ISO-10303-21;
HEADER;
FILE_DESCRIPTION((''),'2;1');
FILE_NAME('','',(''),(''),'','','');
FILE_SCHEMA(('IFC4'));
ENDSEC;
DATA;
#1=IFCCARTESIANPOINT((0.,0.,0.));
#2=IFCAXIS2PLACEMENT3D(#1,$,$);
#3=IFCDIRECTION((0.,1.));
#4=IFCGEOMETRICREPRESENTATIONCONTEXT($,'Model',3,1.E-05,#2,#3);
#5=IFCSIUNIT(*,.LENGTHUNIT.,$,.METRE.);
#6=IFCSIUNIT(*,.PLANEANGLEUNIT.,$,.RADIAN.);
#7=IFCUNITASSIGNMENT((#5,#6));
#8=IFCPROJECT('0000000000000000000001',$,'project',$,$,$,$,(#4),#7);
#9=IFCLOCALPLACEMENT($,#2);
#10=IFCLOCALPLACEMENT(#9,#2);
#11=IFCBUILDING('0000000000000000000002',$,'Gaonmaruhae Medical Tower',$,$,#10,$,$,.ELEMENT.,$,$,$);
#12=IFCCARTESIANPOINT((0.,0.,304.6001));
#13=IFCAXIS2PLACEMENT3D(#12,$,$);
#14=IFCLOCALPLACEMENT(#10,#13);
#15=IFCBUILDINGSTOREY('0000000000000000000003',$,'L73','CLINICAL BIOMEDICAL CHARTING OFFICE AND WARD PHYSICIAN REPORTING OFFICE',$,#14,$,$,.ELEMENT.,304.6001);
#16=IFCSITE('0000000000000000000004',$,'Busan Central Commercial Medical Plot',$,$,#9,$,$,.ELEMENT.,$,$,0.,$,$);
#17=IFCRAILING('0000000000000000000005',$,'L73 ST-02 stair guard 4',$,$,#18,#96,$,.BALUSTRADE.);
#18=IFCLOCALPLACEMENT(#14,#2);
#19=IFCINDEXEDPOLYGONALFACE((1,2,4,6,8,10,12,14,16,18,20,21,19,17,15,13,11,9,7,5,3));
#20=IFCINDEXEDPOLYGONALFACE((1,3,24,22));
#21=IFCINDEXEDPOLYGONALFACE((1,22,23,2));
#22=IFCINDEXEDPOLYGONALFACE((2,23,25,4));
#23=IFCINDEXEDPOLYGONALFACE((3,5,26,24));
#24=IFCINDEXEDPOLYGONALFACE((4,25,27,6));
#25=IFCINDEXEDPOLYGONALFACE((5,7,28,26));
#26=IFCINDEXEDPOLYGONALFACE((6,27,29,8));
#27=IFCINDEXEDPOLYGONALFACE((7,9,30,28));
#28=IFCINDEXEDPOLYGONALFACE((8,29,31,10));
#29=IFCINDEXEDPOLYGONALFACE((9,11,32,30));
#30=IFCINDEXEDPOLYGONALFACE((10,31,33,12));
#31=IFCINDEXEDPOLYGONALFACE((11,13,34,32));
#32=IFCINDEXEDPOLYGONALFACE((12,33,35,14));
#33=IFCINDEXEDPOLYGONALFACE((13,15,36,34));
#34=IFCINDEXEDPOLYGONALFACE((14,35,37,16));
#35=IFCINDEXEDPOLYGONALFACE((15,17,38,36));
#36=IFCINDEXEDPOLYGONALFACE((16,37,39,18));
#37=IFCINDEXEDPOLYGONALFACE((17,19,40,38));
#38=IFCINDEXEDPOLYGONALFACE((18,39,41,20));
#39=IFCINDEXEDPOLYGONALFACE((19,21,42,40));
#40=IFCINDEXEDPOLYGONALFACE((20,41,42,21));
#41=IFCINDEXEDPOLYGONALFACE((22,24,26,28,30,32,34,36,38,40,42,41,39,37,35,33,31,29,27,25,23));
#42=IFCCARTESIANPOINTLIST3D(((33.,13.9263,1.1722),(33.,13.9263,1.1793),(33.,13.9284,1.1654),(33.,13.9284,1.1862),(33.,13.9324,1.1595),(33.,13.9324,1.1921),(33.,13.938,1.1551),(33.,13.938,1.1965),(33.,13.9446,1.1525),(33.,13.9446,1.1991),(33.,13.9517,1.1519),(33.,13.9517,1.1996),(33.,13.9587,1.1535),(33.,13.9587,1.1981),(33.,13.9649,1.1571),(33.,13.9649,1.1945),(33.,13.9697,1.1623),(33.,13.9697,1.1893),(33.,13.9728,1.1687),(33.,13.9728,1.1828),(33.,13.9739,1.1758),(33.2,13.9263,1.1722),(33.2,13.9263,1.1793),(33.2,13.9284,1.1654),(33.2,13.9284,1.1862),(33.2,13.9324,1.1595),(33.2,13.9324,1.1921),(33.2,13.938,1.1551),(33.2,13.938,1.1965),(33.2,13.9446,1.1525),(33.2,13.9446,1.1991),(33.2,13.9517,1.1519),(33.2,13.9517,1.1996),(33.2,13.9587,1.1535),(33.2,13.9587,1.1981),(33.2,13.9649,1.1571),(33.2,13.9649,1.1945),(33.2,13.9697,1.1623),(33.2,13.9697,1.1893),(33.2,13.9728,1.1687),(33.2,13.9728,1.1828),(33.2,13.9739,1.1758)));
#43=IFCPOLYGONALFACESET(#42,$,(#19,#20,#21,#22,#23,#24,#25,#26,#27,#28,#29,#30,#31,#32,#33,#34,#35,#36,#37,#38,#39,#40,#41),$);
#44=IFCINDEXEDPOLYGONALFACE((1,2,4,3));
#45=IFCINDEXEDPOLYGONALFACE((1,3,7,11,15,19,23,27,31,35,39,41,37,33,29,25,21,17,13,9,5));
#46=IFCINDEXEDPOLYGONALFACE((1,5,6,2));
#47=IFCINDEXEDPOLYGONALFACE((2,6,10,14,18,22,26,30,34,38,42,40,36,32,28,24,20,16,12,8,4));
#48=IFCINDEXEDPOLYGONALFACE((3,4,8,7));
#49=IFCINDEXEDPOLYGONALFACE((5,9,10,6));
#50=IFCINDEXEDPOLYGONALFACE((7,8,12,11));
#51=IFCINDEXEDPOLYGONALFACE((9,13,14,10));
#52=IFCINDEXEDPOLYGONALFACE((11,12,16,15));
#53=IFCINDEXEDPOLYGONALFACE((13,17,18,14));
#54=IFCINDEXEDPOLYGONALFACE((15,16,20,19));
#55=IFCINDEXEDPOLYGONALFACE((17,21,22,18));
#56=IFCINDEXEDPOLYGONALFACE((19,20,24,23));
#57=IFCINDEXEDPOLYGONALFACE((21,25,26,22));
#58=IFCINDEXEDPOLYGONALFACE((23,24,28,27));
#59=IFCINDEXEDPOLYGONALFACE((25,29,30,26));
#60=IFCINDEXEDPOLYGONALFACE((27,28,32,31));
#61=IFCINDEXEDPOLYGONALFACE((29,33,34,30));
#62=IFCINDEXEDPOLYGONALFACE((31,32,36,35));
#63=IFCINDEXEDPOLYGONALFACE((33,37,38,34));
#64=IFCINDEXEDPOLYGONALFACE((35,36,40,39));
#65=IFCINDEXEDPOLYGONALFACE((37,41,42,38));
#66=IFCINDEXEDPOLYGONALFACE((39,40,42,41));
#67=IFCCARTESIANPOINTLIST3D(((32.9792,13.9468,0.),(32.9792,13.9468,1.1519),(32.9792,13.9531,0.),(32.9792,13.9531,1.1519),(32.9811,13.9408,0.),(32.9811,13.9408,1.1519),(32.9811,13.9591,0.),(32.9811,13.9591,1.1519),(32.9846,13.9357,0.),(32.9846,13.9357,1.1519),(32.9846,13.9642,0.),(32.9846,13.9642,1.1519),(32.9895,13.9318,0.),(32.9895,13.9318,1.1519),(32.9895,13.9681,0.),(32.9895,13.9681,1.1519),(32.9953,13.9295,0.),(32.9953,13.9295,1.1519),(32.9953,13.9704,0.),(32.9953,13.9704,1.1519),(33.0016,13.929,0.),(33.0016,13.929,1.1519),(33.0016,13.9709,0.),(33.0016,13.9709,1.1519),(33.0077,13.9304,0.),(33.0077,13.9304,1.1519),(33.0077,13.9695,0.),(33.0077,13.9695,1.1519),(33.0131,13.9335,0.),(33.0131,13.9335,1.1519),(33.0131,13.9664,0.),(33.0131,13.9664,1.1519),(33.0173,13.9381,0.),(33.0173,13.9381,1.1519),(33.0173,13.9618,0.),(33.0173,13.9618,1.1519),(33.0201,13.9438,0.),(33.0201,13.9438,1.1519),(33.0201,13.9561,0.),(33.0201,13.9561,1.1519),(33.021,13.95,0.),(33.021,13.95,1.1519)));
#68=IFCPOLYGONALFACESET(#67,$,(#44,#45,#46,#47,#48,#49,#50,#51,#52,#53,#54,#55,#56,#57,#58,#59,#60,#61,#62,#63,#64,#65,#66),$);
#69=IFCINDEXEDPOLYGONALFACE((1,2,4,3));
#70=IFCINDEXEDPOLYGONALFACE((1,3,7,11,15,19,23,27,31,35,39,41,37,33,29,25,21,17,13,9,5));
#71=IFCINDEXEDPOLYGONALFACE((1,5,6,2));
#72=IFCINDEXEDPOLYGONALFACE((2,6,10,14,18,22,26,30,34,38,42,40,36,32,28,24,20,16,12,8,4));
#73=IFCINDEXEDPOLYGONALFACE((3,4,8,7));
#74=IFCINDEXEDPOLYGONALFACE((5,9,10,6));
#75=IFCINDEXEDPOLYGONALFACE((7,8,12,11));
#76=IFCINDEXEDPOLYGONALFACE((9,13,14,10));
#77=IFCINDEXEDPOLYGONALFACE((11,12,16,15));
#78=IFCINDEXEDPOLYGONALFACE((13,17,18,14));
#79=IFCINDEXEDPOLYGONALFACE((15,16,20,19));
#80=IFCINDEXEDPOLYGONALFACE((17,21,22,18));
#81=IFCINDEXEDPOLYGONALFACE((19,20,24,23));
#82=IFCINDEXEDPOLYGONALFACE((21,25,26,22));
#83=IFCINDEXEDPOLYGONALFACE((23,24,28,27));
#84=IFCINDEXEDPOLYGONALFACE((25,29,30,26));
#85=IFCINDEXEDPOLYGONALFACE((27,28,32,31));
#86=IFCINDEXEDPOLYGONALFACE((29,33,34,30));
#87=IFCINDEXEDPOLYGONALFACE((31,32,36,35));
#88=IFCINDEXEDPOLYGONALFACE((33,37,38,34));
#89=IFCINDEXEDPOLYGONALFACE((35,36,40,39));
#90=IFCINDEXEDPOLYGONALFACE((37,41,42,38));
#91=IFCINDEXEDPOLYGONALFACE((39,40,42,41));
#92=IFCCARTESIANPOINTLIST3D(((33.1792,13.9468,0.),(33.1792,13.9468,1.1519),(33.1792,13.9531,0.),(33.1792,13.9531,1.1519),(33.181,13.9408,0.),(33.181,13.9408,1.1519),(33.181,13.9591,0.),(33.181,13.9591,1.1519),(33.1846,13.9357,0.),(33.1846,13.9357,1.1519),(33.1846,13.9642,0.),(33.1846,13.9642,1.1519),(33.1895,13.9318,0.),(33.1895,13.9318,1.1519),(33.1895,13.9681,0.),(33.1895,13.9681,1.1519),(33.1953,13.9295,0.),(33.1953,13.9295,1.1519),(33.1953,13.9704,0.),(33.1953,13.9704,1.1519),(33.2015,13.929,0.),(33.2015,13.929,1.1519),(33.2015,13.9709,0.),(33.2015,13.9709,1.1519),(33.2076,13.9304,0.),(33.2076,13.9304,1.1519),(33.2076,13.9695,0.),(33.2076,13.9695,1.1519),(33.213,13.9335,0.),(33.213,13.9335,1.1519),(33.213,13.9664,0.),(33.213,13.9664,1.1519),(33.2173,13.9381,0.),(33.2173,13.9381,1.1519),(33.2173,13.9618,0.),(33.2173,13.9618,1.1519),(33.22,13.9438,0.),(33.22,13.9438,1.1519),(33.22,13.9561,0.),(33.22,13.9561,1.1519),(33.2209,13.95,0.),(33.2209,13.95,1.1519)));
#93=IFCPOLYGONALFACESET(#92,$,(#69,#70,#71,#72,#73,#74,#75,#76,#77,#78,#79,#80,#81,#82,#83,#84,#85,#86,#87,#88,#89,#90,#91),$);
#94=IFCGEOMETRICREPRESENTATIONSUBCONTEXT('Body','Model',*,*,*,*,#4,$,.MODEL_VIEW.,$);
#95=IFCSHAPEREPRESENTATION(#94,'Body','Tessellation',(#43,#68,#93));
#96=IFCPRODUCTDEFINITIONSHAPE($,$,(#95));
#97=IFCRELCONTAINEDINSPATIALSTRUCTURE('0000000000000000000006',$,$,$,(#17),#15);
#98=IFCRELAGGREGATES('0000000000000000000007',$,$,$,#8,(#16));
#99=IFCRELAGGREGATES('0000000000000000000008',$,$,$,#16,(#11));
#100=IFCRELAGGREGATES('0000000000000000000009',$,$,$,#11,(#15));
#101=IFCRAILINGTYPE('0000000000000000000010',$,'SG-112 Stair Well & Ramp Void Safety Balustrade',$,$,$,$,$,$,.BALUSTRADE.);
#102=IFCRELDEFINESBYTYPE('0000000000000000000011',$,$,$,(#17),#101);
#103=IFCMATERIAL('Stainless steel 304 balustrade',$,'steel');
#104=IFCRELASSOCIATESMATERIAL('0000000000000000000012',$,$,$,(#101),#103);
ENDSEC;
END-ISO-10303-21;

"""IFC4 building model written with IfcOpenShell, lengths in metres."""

from ifc_helpers import new_model, si_unit, direction, frame, origin, origin_2d, place, context, subcontext, project, spatial, circle, extrude, material, type_object, element, save


model = new_model("IFC4")

# Units and contexts
model_context = context("Model", 3, precision=1e-05, world=origin(), true_north=direction((0.0, 1.0)))
body_context = subcontext(model_context, "Body", "Model", "MODEL_VIEW")
ifc_project = project(units=[si_unit("LENGTHUNIT", "METRE"), si_unit("PLANEANGLEUNIT", "RADIAN")], contexts=[model_context])

# Site, building, storey
site_placement = place(None, origin())
site = spatial("IfcSite", under=ifc_project, at=site_placement, Name="Busan Central Commercial Medical Plot", CompositionType="ELEMENT", RefElevation=0.0)
building_placement = place(site_placement, origin())
building = spatial("IfcBuilding", under=site, at=building_placement, Name="Gaonmaruhae Medical Tower", CompositionType="ELEMENT")
storey_placement = place(building_placement, frame((0.0, 0.0, 304.6001)))
storey = spatial("IfcBuildingStorey", under=building, at=storey_placement, Name="L73", Description="CLINICAL BIOMEDICAL CHARTING OFFICE AND WARD PHYSICIAN REPORTING OFFICE", CompositionType="ELEMENT", Elevation=304.6001)

# Railing
ifc_material_1 = material(Name="Stainless steel 304 balustrade", Category="steel")
railing_type_1 = type_object("IfcRailingType", Name="SG-112 Stair Well & Ramp Void Safety Balustrade", PredefinedType="BALUSTRADE", material=ifc_material_1)
railing_1_placement = place(storey_placement, frame((33.0, 13.95, 0.0)))
element("IfcRailing", 1, at=railing_1_placement, inside=storey, type_object=railing_type_1, Name="L73 ST-02 stair guard 4", PredefinedType="BALUSTRADE", context=body_context, shape_type="SweptSolid", body=[
    extrude(circle(Radius=0.0239, at=origin_2d()), frame((0.0, 0.0, 1.1758), z_axis=(1.0, 0.0, 0.0), x_axis=(0.0, 1.0, 0.0)), (0.0, 0.0, 1.0), 0.2),
    extrude(circle(Radius=0.021, at=origin_2d()), origin(), (0.0, 0.0, 1.0), 1.1519),
    extrude(circle(Radius=0.021, at=origin_2d()), frame((0.2, 0.0, 0.0)), (0.0, 0.0, 1.0), 1.1519),
])

save(model, "model.ifc")
